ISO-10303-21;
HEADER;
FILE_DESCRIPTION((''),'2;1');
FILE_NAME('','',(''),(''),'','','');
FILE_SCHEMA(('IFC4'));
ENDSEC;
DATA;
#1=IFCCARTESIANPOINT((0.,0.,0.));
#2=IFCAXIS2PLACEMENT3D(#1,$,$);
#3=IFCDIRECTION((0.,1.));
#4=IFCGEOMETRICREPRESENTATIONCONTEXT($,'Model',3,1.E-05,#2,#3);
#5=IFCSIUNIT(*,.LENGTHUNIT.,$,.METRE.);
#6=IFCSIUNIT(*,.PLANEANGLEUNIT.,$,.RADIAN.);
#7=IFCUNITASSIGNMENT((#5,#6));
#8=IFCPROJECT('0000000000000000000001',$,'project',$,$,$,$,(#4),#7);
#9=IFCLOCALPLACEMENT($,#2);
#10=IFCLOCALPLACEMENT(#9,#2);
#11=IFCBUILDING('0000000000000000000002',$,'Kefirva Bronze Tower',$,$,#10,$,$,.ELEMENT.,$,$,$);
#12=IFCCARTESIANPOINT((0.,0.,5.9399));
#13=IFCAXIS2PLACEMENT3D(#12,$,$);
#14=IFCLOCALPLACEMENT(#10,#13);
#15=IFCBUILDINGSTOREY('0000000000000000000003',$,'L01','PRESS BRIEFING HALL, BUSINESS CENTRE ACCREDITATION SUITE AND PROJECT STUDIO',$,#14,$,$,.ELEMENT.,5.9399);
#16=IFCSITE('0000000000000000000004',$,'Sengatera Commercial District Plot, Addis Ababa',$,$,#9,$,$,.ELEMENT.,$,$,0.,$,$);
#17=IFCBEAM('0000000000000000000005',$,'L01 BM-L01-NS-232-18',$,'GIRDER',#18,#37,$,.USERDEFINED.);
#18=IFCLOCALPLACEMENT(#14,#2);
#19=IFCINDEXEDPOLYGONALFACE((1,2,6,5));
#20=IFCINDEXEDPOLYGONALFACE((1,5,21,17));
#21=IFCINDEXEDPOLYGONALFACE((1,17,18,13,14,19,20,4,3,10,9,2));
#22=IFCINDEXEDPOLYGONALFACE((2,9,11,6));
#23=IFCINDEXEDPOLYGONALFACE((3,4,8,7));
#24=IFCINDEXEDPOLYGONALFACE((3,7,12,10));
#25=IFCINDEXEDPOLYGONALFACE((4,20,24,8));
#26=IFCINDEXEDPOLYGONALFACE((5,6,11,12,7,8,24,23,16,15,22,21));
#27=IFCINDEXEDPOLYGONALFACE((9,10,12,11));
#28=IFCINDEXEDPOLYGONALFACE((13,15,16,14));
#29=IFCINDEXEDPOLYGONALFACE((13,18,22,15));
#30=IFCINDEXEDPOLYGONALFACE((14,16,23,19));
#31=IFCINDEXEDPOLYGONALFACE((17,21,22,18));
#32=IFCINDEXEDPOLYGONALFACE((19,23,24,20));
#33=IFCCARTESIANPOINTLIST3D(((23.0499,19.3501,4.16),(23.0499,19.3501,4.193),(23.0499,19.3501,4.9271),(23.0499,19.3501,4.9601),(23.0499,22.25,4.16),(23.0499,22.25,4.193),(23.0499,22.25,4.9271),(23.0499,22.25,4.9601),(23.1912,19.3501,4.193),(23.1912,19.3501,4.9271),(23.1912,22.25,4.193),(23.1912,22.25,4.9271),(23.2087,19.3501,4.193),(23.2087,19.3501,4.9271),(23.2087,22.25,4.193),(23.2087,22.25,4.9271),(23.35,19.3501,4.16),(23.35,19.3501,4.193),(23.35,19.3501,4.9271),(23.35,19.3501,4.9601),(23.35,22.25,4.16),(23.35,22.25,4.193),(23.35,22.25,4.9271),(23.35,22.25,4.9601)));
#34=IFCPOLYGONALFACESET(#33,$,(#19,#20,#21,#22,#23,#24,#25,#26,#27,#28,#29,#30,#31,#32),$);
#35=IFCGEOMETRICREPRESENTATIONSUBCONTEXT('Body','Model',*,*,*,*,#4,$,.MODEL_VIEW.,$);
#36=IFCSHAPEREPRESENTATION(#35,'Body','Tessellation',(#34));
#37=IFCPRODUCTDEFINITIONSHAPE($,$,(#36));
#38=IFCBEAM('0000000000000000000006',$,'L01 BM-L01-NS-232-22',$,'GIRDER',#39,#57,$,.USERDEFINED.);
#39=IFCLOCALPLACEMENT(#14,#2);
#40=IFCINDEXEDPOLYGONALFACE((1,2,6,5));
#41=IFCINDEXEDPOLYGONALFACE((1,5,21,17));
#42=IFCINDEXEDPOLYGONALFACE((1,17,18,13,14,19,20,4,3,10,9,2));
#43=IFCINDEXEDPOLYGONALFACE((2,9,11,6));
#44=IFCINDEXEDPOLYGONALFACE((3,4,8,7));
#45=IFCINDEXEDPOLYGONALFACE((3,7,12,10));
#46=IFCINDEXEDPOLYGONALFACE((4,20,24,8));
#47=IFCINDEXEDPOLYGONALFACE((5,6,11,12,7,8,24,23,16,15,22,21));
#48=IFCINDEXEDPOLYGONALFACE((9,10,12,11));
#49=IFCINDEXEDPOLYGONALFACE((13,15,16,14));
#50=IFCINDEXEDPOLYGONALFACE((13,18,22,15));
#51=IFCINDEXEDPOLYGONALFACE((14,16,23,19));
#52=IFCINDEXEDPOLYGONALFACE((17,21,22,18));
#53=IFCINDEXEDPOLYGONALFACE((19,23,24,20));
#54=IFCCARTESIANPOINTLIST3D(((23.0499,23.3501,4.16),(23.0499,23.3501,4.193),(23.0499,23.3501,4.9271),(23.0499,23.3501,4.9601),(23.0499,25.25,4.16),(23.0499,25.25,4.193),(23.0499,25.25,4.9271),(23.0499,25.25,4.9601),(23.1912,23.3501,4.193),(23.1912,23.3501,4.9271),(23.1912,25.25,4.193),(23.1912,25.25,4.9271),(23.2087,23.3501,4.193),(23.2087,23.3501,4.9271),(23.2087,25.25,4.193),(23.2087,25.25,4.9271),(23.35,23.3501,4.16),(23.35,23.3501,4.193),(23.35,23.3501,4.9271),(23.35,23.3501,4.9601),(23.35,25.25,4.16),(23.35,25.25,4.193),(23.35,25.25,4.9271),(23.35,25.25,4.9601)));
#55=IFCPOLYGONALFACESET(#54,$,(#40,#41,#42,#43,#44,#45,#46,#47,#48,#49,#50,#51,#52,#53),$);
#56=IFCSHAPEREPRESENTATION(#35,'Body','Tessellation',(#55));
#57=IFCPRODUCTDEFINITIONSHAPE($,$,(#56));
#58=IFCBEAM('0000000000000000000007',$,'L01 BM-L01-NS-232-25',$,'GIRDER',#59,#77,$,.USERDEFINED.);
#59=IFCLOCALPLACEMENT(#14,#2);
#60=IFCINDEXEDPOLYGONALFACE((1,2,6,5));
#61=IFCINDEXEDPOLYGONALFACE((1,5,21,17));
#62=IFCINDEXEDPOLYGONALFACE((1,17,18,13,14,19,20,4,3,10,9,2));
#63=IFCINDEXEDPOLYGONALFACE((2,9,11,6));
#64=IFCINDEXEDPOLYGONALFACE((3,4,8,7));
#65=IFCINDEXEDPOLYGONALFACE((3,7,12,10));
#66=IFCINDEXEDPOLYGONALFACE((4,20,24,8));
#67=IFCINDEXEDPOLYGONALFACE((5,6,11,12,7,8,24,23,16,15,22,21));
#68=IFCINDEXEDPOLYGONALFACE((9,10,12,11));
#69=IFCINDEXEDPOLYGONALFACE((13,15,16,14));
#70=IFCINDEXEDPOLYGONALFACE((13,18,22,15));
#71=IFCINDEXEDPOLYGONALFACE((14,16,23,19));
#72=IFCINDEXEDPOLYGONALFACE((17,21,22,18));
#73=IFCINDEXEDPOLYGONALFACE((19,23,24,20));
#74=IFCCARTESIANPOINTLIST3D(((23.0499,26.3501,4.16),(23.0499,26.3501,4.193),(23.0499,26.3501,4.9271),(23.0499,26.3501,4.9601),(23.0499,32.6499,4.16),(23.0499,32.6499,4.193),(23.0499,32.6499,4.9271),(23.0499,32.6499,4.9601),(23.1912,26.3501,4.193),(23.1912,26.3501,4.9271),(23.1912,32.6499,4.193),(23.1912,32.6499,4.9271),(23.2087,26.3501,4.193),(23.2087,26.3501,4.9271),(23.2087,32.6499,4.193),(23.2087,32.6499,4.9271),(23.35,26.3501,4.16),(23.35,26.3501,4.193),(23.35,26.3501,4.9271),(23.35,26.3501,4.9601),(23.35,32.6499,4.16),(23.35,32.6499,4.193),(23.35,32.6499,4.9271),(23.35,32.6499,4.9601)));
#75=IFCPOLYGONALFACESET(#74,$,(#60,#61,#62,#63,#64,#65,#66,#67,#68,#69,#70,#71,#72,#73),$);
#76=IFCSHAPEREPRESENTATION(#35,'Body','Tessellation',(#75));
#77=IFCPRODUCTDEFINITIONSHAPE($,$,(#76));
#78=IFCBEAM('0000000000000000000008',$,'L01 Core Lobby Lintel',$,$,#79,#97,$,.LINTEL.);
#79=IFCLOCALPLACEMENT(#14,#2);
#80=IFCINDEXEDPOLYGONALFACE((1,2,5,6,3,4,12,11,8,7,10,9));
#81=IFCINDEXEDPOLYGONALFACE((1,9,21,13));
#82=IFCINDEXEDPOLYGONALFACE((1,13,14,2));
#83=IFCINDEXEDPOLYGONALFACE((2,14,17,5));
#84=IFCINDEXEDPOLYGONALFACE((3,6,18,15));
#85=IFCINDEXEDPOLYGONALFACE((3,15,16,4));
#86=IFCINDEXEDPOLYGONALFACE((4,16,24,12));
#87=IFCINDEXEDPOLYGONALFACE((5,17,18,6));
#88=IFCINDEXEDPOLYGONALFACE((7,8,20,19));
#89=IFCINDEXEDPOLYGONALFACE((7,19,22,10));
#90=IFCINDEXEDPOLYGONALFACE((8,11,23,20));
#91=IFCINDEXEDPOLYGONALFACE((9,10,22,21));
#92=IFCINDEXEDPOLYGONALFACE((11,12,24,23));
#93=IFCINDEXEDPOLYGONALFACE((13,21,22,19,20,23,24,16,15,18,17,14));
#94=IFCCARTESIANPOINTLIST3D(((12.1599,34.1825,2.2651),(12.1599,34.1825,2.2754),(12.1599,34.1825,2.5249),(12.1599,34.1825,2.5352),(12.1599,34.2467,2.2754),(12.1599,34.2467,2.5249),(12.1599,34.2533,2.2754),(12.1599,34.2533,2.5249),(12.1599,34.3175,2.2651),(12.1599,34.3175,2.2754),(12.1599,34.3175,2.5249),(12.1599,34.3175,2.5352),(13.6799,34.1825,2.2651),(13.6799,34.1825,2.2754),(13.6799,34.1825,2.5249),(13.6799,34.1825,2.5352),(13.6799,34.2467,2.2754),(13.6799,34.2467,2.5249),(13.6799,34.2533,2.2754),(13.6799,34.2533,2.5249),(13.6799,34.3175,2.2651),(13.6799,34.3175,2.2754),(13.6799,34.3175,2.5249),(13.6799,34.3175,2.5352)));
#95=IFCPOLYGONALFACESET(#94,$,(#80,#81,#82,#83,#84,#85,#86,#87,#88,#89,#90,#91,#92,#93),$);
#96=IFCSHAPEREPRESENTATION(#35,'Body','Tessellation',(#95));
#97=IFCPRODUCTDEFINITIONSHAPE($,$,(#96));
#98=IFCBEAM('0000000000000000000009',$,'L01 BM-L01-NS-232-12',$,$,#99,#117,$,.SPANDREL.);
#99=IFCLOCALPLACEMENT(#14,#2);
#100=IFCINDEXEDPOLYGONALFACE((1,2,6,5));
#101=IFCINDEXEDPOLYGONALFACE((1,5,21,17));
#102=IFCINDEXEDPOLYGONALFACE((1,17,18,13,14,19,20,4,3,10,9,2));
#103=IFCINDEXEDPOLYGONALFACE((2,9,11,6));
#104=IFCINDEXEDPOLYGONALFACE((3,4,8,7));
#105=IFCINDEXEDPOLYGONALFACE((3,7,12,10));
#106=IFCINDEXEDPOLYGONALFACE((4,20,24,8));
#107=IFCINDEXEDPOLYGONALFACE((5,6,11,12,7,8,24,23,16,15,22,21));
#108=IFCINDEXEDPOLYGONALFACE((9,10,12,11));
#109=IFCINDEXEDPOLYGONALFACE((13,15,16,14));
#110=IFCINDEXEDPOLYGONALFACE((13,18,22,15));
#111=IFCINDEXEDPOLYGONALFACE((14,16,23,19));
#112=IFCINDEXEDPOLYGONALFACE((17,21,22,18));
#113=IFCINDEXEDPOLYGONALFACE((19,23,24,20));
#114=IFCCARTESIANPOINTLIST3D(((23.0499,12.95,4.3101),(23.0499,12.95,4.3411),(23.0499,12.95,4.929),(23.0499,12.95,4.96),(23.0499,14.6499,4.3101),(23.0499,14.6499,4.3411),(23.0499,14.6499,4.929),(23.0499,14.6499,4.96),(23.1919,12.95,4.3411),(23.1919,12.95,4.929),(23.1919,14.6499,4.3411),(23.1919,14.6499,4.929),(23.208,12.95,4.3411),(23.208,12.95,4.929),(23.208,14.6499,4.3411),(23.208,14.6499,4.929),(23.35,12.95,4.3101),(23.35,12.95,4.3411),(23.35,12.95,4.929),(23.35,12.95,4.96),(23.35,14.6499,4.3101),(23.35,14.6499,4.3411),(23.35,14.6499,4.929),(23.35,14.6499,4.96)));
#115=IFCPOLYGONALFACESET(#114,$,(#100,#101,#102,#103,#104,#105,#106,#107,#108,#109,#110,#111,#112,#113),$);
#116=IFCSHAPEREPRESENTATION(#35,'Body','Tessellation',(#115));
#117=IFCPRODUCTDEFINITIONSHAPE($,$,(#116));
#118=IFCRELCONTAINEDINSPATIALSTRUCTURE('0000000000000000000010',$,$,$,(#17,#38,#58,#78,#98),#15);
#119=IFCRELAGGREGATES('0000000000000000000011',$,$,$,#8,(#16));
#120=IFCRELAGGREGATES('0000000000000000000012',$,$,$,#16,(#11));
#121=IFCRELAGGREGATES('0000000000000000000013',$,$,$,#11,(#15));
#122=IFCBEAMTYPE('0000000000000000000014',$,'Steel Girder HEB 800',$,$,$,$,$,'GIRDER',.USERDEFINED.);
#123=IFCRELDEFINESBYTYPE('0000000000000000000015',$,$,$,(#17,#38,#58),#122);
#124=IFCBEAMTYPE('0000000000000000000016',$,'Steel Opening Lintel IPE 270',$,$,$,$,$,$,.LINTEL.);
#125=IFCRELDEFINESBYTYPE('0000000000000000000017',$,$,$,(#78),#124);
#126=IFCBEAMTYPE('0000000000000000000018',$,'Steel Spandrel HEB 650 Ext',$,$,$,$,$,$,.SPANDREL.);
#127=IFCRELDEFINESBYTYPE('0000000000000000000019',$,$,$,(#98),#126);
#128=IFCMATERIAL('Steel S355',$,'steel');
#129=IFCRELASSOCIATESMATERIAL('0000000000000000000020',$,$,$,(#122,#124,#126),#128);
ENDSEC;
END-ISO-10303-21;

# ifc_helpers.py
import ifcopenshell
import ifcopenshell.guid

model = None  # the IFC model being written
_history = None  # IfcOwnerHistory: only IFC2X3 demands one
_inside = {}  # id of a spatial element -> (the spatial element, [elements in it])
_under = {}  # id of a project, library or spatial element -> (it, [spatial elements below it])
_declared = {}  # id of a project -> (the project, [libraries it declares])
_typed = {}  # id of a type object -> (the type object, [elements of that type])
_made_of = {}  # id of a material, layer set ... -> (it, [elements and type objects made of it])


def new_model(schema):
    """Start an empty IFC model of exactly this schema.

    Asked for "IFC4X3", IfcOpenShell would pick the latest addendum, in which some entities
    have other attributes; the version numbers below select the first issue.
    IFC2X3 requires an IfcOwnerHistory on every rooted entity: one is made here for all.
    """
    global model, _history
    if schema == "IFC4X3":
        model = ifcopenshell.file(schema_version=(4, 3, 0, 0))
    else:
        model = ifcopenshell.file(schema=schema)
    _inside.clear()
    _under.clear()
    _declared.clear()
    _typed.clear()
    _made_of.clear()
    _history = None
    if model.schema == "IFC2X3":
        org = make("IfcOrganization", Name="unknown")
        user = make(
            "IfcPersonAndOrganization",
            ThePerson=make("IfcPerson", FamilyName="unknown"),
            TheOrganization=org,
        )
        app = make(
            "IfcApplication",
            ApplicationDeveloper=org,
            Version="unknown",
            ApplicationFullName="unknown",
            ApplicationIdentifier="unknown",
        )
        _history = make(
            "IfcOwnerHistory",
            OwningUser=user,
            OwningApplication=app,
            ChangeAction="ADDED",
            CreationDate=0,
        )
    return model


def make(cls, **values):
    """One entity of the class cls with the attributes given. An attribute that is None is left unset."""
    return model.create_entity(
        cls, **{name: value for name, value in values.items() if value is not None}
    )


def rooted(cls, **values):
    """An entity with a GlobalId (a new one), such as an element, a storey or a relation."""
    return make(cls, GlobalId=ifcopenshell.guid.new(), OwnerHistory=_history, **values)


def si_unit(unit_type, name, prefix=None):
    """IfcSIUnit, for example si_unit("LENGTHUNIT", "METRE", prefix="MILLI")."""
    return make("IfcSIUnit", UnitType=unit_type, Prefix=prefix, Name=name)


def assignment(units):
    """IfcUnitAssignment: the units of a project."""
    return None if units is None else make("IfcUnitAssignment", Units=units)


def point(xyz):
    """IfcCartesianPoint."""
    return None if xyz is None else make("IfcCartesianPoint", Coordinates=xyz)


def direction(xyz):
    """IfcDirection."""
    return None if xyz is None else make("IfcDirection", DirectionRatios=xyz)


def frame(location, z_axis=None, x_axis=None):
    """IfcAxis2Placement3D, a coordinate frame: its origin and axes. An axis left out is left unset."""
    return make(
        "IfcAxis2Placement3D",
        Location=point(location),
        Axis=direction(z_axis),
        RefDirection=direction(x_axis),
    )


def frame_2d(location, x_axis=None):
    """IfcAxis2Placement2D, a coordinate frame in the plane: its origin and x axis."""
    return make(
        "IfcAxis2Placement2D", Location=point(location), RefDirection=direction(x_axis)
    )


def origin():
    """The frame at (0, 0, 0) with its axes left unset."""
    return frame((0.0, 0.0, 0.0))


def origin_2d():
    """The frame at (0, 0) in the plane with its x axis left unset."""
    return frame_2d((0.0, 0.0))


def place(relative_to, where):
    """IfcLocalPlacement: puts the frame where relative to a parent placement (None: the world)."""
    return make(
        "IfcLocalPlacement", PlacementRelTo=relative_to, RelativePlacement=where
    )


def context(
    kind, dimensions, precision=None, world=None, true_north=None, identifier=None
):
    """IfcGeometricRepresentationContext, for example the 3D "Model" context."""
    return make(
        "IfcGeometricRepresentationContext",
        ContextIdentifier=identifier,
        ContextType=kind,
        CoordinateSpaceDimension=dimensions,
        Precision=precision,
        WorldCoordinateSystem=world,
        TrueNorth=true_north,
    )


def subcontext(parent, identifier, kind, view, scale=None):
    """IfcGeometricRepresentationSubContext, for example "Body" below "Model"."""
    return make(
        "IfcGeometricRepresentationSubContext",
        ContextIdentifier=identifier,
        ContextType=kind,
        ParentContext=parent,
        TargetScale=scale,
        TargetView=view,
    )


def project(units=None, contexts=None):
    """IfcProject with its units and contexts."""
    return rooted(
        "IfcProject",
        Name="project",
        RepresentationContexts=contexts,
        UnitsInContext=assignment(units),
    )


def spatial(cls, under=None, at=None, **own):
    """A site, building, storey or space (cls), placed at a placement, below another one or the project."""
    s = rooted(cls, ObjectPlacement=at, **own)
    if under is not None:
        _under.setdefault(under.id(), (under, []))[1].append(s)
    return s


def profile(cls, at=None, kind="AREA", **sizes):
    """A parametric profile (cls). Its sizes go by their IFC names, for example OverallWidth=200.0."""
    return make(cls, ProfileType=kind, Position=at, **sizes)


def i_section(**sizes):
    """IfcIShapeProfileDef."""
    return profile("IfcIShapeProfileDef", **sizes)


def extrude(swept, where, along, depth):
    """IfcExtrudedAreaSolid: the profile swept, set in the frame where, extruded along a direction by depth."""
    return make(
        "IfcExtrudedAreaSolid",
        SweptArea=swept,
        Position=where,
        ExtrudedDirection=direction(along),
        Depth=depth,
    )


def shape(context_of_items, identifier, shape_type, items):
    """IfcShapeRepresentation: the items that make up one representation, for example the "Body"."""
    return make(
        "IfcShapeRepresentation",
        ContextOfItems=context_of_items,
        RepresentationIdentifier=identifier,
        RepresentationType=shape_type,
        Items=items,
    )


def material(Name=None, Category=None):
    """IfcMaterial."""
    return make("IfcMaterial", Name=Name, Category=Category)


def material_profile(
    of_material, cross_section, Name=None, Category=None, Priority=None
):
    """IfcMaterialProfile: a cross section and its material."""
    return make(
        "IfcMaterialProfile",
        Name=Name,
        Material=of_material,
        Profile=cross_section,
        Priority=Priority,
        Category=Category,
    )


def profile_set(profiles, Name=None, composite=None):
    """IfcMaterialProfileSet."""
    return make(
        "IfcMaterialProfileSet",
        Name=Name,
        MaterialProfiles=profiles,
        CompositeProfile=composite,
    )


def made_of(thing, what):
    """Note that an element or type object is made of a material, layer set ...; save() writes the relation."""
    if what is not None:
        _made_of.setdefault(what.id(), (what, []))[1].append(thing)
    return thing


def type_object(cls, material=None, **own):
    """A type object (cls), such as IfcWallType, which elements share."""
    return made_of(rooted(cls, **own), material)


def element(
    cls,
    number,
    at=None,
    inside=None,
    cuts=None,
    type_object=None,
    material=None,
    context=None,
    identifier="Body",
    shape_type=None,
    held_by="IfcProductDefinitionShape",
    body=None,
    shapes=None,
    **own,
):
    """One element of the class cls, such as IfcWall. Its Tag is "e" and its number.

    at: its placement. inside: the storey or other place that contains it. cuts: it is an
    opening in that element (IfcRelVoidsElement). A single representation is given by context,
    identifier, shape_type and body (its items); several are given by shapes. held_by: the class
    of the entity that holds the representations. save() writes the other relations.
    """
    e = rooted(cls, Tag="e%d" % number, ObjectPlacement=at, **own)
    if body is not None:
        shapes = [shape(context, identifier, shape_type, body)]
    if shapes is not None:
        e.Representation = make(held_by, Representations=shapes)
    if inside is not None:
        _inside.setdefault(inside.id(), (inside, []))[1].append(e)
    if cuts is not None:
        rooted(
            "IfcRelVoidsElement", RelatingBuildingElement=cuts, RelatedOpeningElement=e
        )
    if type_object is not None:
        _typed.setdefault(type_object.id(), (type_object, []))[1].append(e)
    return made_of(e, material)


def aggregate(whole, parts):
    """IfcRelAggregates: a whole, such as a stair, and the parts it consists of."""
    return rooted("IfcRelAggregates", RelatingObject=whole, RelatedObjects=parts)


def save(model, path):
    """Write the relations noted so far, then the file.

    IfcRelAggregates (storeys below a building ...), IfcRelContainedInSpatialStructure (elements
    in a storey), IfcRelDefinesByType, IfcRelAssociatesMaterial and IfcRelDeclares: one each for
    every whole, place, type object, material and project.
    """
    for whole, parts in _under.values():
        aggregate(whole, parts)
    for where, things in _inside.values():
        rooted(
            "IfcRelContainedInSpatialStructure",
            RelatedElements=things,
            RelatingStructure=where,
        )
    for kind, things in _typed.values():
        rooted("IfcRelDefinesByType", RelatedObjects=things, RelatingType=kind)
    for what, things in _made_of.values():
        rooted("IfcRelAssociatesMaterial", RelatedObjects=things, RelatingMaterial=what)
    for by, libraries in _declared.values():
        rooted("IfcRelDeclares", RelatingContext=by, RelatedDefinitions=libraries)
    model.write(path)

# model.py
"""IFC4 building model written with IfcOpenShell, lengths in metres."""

from ifc_helpers import new_model, si_unit, direction, frame, origin, origin_2d, place, context, subcontext, project, spatial, i_section, extrude, material, material_profile, profile_set, type_object, element, save


model = new_model("IFC4")

# Units and contexts
model_context = context("Model", 3, precision=1e-05, world=origin(), true_north=direction((0.0, 1.0)))
body_context = subcontext(model_context, "Body", "Model", "MODEL_VIEW")
ifc_project = project(units=[si_unit("LENGTHUNIT", "METRE"), si_unit("PLANEANGLEUNIT", "RADIAN")], contexts=[model_context])

# Site, building, storey
site_placement = place(None, origin())
site = spatial("IfcSite", under=ifc_project, at=site_placement, Name="Sengatera Commercial District Plot, Addis Ababa", CompositionType="ELEMENT", RefElevation=0.0)
building_placement = place(site_placement, origin())
building = spatial("IfcBuilding", under=site, at=building_placement, Name="Kefirva Bronze Tower", CompositionType="ELEMENT")
storey_placement = place(building_placement, frame((0.0, 0.0, 5.9399)))
storey = spatial("IfcBuildingStorey", under=building, at=storey_placement, Name="L01", Description="PRESS BRIEFING HALL, BUSINESS CENTRE ACCREDITATION SUITE AND PROJECT STUDIO", CompositionType="ELEMENT", Elevation=5.9399)

# Beams
ifc_material_1 = material(Name="Steel S355", Category="steel")
ifc_material_profile_1 = material_profile(ifc_material_1, i_section(OverallWidth=0.3, OverallDepth=0.8, WebThickness=0.0176, FlangeThickness=0.033, at=origin_2d()), Name="HEB 800")
ifc_profile_set_1 = profile_set([ifc_material_profile_1], Name="Steel S355")
beam_type_1 = type_object("IfcBeamType", Name="Steel Girder HEB 800", ElementType="GIRDER", PredefinedType="USERDEFINED", material=ifc_profile_set_1)
beam_1_placement = place(storey_placement, frame((23.2, 19.3501, 4.5601), z_axis=(0.0, 1.0, 0.0), x_axis=(-1.0, 0.0, 0.0)))
element("IfcBeam", 1, at=beam_1_placement, inside=storey, type_object=beam_type_1, Name="L01 BM-L01-NS-232-18", ObjectType="GIRDER", PredefinedType="USERDEFINED", context=body_context, shape_type="SweptSolid", body=[
    extrude(i_section(OverallWidth=0.3, OverallDepth=0.8, WebThickness=0.0176, FlangeThickness=0.033, at=origin_2d()), origin(), (0.0, 0.0, 1.0), 2.8999),
])
beam_2_placement = place(storey_placement, frame((23.2, 23.3501, 4.5601), z_axis=(0.0, 1.0, 0.0), x_axis=(-1.0, 0.0, 0.0)))
element("IfcBeam", 2, at=beam_2_placement, inside=storey, type_object=beam_type_1, Name="L01 BM-L01-NS-232-22", ObjectType="GIRDER", PredefinedType="USERDEFINED", context=body_context, shape_type="SweptSolid", body=[
    extrude(i_section(OverallWidth=0.3, OverallDepth=0.8, WebThickness=0.0176, FlangeThickness=0.033, at=origin_2d()), origin(), (0.0, 0.0, 1.0), 1.8999),
])
beam_3_placement = place(storey_placement, frame((23.2, 26.3501, 4.5601), z_axis=(0.0, 1.0, 0.0), x_axis=(-1.0, 0.0, 0.0)))
element("IfcBeam", 3, at=beam_3_placement, inside=storey, type_object=beam_type_1, Name="L01 BM-L01-NS-232-25", ObjectType="GIRDER", PredefinedType="USERDEFINED", context=body_context, shape_type="SweptSolid", body=[
    extrude(i_section(OverallWidth=0.3, OverallDepth=0.8, WebThickness=0.0176, FlangeThickness=0.033, at=origin_2d()), origin(), (0.0, 0.0, 1.0), 6.2998),
])
ifc_material_profile_2 = material_profile(ifc_material_1, i_section(OverallWidth=0.135, OverallDepth=0.27, WebThickness=0.0066, FlangeThickness=0.0103, at=origin_2d()), Name="IPE 270")
ifc_profile_set_2 = profile_set([ifc_material_profile_2], Name="Steel S355")
beam_type_2 = type_object("IfcBeamType", Name="Steel Opening Lintel IPE 270", PredefinedType="LINTEL", material=ifc_profile_set_2)
beam_4_placement = place(storey_placement, frame((12.1599, 34.25, 2.4001), z_axis=(1.0, 0.0, 0.0), x_axis=(0.0, 1.0, 0.0)))
element("IfcBeam", 4, at=beam_4_placement, inside=storey, type_object=beam_type_2, Name="L01 Core Lobby Lintel", PredefinedType="LINTEL", context=body_context, shape_type="SweptSolid", body=[
    extrude(i_section(OverallWidth=0.135, OverallDepth=0.27, WebThickness=0.0066, FlangeThickness=0.0103, at=origin_2d()), origin(), (0.0, 0.0, 1.0), 1.52),
])
ifc_material_profile_3 = material_profile(ifc_material_1, i_section(OverallWidth=0.3, OverallDepth=0.6499, WebThickness=0.0161, FlangeThickness=0.031, at=origin_2d()), Name="HEB 650")
ifc_profile_set_3 = profile_set([ifc_material_profile_3], Name="Steel S355")
beam_type_3 = type_object("IfcBeamType", Name="Steel Spandrel HEB 650 Ext", PredefinedType="SPANDREL", material=ifc_profile_set_3)
beam_5_placement = place(storey_placement, frame((23.2, 12.95, 4.635), z_axis=(0.0, 1.0, 0.0), x_axis=(-1.0, 0.0, 0.0)))
element("IfcBeam", 5, at=beam_5_placement, inside=storey, type_object=beam_type_3, Name="L01 BM-L01-NS-232-12", PredefinedType="SPANDREL", context=body_context, shape_type="SweptSolid", body=[
    extrude(i_section(OverallWidth=0.3, OverallDepth=0.6499, WebThickness=0.0161, FlangeThickness=0.031, at=origin_2d()), origin(), (0.0, 0.0, 1.0), 1.7),
])

save(model, "model.ifc")
